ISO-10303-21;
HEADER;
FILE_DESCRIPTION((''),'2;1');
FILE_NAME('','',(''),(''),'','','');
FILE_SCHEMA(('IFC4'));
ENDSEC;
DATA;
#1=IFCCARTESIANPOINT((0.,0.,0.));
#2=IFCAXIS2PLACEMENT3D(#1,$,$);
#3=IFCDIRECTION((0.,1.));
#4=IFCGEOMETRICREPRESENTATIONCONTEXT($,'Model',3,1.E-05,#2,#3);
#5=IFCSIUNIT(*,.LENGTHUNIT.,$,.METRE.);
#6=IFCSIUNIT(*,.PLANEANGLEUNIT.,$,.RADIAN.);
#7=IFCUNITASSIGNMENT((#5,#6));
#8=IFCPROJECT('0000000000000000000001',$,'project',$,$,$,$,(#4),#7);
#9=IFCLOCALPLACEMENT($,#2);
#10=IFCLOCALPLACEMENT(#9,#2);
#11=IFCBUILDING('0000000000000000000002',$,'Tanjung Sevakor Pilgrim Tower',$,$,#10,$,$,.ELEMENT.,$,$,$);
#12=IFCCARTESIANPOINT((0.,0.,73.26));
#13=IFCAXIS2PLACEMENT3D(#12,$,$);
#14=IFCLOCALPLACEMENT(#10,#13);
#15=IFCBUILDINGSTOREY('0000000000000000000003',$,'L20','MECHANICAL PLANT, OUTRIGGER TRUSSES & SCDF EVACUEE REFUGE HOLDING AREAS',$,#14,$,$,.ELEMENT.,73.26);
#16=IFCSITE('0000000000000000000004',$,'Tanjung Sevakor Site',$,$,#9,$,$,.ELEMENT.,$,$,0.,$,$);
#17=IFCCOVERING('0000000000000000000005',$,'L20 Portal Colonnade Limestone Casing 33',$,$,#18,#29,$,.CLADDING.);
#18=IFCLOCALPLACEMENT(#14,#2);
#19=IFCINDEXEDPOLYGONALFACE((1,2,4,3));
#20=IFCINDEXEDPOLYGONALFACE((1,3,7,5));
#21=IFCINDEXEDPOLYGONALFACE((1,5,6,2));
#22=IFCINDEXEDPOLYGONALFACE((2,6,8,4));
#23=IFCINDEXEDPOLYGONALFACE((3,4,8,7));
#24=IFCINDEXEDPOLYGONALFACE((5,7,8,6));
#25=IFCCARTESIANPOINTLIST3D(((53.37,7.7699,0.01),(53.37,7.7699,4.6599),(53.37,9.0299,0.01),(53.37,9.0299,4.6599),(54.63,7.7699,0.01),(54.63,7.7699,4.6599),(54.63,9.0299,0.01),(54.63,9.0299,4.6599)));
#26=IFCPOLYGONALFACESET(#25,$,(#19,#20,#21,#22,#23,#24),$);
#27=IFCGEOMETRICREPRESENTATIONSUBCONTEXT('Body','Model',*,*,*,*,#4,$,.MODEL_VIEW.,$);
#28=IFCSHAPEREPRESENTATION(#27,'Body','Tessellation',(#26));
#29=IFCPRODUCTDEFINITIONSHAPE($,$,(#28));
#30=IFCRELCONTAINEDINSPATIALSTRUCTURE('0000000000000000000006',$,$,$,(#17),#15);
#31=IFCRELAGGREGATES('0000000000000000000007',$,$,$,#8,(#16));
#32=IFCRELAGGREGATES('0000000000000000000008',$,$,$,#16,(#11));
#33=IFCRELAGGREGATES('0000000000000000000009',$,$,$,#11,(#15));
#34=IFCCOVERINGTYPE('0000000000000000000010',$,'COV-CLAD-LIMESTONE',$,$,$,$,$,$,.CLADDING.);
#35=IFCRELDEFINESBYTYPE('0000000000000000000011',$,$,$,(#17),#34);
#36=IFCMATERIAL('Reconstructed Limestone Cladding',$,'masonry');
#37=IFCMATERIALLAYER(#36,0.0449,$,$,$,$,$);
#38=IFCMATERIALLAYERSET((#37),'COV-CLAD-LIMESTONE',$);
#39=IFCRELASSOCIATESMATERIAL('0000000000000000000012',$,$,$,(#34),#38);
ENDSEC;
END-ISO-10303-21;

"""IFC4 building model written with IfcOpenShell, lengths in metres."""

from ifc_helpers import new_model, si_unit, direction, frame, origin, origin_2d, place, context, subcontext, project, spatial, rectangle, extrude, material, layer, layer_set, type_object, element, save


model = new_model("IFC4")

# Units and contexts
model_context = context("Model", 3, precision=1e-05, world=origin(), true_north=direction((0.0, 1.0)))
body_context = subcontext(model_context, "Body", "Model", "MODEL_VIEW")
ifc_project = project(units=[si_unit("LENGTHUNIT", "METRE"), si_unit("PLANEANGLEUNIT", "RADIAN")], contexts=[model_context])

# Site, building, storey
site_placement = place(None, origin())
site = spatial("IfcSite", under=ifc_project, at=site_placement, Name="Tanjung Sevakor Site", CompositionType="ELEMENT", RefElevation=0.0)
building_placement = place(site_placement, origin())
building = spatial("IfcBuilding", under=site, at=building_placement, Name="Tanjung Sevakor Pilgrim Tower", CompositionType="ELEMENT")
storey_placement = place(building_placement, frame((0.0, 0.0, 73.26)))
storey = spatial("IfcBuildingStorey", under=building, at=storey_placement, Name="L20", Description="MECHANICAL PLANT, OUTRIGGER TRUSSES & SCDF EVACUEE REFUGE HOLDING AREAS", CompositionType="ELEMENT", Elevation=73.26)

# Covering
ifc_material_1 = material(Name="Reconstructed Limestone Cladding", Category="masonry")
ifc_layer = layer(ifc_material_1, 0.0449)
ifc_layer_set = layer_set([ifc_layer], Name="COV-CLAD-LIMESTONE")
covering_type = type_object("IfcCoveringType", Name="COV-CLAD-LIMESTONE", PredefinedType="CLADDING", material=ifc_layer_set)
for number, where, z_axis, x_axis, name in (
    (1, (54.0, 8.3999, 0.01), (0.0, 0.0, 1.0), (1.0, 0.0, 0.0), "L20 Portal Colonnade Limestone Casing 33"),
):
    element("IfcCovering", number, at=place(storey_placement, frame(where, z_axis=z_axis, x_axis=x_axis)), inside=storey, type_object=covering_type, Name=name, PredefinedType="CLADDING", context=body_context, shape_type="SweptSolid", body=[
        extrude(rectangle(XDim=1.26, YDim=1.26, at=origin_2d()), origin(), (0.0, 0.0, 1.0), 4.6499),
    ])

save(model, "model.ifc")
